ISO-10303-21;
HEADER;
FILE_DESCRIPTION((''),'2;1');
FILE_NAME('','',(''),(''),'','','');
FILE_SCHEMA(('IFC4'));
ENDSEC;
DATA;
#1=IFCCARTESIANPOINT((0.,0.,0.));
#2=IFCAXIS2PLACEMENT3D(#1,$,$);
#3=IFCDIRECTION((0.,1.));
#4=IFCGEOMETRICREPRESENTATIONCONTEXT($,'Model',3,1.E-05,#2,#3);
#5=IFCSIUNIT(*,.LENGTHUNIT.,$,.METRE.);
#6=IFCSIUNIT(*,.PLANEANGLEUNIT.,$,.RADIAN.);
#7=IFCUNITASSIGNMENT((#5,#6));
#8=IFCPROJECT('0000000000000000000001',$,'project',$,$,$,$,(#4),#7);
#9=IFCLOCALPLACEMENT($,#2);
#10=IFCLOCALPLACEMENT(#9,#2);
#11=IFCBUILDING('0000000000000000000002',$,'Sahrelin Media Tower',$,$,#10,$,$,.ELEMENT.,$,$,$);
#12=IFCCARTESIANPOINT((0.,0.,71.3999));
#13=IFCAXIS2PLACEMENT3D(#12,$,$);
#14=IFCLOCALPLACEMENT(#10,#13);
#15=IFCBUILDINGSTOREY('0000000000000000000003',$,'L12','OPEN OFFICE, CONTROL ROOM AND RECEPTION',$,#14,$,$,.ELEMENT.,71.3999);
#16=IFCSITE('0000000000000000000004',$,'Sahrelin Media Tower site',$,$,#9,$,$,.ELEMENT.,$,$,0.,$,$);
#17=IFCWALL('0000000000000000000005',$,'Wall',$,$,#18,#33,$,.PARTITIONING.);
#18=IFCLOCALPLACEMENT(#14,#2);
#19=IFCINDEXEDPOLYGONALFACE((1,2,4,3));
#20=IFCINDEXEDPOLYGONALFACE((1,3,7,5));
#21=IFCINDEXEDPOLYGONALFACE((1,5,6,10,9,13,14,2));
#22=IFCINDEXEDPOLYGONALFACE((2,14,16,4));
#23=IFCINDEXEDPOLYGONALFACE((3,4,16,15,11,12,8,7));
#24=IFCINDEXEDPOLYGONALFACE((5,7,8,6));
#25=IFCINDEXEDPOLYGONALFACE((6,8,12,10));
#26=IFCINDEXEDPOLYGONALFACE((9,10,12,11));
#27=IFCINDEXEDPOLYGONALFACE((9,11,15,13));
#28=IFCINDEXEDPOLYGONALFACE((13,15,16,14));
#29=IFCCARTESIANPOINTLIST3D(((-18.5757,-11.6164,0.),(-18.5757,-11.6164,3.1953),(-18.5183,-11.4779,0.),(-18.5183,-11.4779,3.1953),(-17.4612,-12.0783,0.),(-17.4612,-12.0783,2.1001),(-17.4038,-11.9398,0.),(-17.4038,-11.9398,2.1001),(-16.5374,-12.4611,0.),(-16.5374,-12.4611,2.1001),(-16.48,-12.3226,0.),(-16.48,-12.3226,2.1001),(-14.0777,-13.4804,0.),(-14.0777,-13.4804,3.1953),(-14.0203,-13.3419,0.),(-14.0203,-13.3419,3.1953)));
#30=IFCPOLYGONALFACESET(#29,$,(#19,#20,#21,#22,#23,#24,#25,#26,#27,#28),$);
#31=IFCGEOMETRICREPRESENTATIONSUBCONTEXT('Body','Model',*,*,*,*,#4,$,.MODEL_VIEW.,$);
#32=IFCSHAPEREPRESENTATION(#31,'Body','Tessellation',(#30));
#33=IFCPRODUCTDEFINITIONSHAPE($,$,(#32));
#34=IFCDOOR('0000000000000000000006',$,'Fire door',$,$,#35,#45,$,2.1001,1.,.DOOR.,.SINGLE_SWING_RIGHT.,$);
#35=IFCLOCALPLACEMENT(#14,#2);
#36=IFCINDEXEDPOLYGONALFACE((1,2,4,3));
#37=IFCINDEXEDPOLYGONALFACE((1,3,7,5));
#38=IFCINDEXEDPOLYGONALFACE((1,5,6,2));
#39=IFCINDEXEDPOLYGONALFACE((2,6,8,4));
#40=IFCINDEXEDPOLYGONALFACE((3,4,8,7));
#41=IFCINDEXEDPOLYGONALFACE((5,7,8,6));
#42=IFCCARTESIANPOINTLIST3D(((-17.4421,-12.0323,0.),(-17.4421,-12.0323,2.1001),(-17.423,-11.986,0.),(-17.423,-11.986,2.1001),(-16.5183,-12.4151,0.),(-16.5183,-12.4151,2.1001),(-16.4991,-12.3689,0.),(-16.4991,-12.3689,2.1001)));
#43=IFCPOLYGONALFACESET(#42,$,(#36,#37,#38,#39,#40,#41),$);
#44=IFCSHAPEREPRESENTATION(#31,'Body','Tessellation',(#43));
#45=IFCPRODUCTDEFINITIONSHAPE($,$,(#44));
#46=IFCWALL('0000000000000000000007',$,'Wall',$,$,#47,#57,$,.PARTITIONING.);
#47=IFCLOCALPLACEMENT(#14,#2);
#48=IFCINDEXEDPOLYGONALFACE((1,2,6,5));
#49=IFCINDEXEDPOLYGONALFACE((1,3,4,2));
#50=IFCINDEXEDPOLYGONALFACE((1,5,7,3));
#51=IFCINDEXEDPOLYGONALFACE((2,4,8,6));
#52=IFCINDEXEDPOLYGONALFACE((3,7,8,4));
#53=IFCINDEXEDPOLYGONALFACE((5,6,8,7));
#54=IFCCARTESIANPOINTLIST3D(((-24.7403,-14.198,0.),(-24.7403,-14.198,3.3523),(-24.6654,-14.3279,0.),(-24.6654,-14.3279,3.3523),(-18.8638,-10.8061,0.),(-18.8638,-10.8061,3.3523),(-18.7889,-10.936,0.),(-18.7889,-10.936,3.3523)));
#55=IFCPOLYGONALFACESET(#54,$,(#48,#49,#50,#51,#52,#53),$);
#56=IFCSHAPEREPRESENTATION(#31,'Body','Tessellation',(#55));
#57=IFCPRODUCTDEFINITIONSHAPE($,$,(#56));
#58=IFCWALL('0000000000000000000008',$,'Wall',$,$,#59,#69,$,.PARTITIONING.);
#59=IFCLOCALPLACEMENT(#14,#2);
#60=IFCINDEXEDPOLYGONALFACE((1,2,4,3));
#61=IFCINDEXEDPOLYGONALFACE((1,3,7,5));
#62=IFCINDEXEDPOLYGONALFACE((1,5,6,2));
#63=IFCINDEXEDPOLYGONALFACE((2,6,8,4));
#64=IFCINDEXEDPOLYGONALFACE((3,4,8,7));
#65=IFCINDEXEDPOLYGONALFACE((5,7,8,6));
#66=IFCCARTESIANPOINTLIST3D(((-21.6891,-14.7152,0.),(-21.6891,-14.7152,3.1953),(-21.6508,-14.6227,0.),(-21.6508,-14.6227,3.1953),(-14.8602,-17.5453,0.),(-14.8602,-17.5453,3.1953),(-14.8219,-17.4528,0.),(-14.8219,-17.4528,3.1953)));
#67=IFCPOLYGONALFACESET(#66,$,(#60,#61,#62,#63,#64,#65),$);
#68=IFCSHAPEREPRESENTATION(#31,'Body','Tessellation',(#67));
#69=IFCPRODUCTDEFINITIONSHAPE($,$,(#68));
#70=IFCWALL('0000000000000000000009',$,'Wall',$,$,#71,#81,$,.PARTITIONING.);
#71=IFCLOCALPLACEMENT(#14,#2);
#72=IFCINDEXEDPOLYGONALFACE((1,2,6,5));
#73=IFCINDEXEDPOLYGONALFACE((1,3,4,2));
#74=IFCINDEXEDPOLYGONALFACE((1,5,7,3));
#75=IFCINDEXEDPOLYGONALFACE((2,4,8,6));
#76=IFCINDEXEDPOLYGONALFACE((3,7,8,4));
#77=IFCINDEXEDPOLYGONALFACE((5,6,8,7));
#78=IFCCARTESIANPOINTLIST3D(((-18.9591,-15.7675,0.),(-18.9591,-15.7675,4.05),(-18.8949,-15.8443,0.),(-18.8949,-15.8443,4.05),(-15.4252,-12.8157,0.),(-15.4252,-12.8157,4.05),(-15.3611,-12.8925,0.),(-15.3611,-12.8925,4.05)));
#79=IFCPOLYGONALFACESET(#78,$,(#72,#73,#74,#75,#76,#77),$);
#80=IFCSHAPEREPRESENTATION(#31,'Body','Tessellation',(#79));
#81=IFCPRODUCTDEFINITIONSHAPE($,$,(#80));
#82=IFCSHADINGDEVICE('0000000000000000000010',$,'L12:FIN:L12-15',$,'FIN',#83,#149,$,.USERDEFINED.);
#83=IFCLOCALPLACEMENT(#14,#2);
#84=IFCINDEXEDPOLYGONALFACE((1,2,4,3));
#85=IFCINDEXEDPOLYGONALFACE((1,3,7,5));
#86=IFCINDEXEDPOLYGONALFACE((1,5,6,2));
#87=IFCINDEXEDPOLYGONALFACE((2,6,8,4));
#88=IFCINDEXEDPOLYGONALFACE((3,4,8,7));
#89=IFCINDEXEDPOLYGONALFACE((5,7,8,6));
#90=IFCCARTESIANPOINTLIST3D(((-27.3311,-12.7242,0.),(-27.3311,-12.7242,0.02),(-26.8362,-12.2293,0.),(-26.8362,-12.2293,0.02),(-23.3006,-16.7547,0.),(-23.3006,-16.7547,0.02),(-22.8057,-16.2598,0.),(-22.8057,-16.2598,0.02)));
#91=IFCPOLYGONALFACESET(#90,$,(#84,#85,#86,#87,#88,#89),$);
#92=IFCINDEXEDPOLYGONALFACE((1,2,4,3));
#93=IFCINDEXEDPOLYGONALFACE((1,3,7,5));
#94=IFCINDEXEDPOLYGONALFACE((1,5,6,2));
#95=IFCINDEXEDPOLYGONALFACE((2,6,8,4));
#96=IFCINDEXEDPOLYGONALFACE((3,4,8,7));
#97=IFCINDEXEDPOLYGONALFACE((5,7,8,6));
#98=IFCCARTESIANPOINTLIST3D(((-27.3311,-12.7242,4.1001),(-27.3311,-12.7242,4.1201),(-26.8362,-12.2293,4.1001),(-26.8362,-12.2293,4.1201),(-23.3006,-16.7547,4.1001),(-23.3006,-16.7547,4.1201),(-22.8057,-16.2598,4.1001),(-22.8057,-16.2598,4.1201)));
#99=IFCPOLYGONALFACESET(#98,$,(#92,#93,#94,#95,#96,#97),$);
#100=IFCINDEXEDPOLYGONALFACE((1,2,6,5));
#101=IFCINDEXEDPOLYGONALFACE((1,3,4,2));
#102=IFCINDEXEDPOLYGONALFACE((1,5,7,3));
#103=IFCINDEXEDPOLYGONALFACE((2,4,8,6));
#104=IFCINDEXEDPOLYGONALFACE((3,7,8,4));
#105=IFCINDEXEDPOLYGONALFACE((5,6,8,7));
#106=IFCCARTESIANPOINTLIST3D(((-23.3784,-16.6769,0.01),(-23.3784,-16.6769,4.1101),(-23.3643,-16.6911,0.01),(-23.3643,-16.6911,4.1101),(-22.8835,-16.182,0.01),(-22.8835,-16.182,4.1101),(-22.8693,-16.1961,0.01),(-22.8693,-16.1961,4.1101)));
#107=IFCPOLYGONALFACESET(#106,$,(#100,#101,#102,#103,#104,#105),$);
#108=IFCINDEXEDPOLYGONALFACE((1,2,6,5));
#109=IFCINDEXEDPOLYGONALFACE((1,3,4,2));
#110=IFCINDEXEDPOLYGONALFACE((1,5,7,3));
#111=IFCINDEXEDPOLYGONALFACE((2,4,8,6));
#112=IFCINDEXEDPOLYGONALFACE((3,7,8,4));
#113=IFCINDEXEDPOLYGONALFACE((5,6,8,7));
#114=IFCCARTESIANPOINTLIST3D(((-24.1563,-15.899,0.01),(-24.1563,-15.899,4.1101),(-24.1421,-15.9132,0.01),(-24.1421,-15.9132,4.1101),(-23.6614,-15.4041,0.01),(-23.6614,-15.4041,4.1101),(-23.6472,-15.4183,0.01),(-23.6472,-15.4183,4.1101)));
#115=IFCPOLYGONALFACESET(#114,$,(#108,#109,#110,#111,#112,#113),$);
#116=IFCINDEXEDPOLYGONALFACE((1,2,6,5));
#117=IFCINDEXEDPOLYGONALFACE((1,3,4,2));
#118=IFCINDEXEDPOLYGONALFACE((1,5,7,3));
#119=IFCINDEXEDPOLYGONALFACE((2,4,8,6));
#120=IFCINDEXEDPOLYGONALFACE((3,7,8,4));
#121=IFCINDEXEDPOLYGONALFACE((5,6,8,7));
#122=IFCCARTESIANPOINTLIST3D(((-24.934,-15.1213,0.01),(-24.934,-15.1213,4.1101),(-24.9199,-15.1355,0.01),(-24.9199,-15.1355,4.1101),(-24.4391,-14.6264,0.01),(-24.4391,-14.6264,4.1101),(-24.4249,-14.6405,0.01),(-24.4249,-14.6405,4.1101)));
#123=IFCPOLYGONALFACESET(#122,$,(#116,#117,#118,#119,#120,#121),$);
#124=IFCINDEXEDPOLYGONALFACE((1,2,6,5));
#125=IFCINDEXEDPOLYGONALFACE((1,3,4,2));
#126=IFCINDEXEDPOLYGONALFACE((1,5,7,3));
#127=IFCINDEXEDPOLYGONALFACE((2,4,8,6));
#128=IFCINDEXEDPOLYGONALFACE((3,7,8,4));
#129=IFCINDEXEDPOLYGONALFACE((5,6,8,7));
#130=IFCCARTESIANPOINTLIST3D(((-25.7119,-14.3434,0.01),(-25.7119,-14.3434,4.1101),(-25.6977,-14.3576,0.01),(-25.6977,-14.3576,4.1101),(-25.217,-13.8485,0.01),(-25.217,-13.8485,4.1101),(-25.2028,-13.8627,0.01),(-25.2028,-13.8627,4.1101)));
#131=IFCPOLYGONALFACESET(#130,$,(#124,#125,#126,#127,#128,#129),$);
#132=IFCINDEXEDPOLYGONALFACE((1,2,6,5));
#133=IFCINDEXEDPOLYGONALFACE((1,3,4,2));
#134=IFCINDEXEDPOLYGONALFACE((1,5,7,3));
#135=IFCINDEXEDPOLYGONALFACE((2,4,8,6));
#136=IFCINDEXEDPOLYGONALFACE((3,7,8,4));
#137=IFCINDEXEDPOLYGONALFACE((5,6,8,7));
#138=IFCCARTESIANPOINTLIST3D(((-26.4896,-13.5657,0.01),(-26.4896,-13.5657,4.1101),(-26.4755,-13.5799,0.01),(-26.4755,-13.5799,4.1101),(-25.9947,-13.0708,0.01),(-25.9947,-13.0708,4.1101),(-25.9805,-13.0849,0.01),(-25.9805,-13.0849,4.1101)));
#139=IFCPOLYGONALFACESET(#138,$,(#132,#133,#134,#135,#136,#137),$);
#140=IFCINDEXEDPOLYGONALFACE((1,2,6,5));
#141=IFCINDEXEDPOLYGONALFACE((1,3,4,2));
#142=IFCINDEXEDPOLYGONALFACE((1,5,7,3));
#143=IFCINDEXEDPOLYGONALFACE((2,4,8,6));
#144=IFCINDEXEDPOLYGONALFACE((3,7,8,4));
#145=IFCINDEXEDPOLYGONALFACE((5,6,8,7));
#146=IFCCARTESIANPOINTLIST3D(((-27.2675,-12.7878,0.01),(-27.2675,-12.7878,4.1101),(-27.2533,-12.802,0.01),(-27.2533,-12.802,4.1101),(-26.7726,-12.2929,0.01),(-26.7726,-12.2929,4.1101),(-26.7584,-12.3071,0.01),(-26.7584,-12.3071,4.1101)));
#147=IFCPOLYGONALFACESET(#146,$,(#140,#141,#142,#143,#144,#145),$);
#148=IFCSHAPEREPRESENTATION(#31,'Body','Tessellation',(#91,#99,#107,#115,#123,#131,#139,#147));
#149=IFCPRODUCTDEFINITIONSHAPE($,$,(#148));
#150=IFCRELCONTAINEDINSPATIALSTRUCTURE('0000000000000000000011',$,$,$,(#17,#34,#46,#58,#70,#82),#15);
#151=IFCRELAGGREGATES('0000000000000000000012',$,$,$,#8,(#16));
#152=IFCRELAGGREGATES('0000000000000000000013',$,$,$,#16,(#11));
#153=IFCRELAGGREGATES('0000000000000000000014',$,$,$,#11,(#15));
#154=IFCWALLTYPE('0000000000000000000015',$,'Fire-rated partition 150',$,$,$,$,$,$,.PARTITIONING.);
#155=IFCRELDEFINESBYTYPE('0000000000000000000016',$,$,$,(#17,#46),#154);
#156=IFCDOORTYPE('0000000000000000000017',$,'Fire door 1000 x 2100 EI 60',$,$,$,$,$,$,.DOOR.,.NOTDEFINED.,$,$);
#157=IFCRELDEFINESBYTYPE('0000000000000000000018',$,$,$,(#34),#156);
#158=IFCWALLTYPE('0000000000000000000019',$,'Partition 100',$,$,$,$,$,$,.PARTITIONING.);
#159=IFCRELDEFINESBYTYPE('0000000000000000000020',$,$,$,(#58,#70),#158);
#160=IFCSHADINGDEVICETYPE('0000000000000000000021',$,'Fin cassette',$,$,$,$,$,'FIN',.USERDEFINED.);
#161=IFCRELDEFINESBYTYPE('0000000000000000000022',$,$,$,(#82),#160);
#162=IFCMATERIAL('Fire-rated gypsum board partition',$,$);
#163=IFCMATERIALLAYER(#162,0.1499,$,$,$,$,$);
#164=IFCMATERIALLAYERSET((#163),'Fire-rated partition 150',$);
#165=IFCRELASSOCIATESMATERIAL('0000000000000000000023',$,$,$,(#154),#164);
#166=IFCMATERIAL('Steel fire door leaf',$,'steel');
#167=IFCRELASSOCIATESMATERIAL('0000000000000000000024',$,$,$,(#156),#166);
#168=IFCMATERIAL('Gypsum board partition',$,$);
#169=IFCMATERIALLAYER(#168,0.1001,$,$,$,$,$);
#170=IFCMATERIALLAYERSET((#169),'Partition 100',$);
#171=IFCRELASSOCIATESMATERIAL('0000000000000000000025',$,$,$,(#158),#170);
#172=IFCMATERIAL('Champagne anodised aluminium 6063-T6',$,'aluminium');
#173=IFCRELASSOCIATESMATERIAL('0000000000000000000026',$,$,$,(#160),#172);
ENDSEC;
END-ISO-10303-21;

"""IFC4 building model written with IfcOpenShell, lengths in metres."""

from ifc_helpers import new_model, si_unit, direction, frame, frame_2d, origin, origin_2d, place, context, subcontext, project, spatial, rectangle, extrude, material, layer, layer_set, type_object, element, fill, save


model = new_model("IFC4")

# Units and contexts
model_context = context("Model", 3, precision=1e-05, world=origin(), true_north=direction((0.0, 1.0)))
body_context = subcontext(model_context, "Body", "Model", "MODEL_VIEW")
ifc_project = project(units=[si_unit("LENGTHUNIT", "METRE"), si_unit("PLANEANGLEUNIT", "RADIAN")], contexts=[model_context])

# Site, building, storey
site_placement = place(None, origin())
site = spatial("IfcSite", under=ifc_project, at=site_placement, Name="Sahrelin Media Tower site", CompositionType="ELEMENT", RefElevation=0.0)
building_placement = place(site_placement, origin())
building = spatial("IfcBuilding", under=site, at=building_placement, Name="Sahrelin Media Tower", CompositionType="ELEMENT")
storey_placement = place(building_placement, frame((0.0, 0.0, 71.3999)))
storey = spatial("IfcBuildingStorey", under=building, at=storey_placement, Name="L12", Description="OPEN OFFICE, CONTROL ROOM AND RECEPTION", CompositionType="ELEMENT", Elevation=71.3999)

# Shared definitions
ifc_material_1 = material(Name="Champagne anodised aluminium 6063-T6", Category="aluminium")

# Wall, opening, door
ifc_material_2 = material(Name="Fire-rated gypsum board partition")
ifc_layer_1 = layer(ifc_material_2, 0.1499)
ifc_layer_set_1 = layer_set([ifc_layer_1], Name="Fire-rated partition 150")
wall_type_1 = type_object("IfcWallType", Name="Fire-rated partition 150", PredefinedType="PARTITIONING", material=ifc_layer_set_1)
wall_1_placement = place(storey_placement, frame((-18.5471, -11.5471, 0.0), z_axis=(0.0, 0.0, 1.0), x_axis=(0.923817, -0.382834, 0.0)))
wall_1 = element("IfcWall", 1, at=wall_1_placement, inside=storey, type_object=wall_type_1, Name="Wall", PredefinedType="PARTITIONING", context=body_context, shape_type="SweptSolid", body=[
    extrude(rectangle(XDim=4.8689, YDim=0.1499, at=frame_2d((2.4346, 0.0))), origin(), (0.0, 0.0, 1.0), 3.1953),
])
opening_placement = place(wall_1_placement, frame((1.2065, 0.0, 0.0)))
opening = element("IfcOpeningElement", 2, at=opening_placement, cuts=wall_1, PredefinedType="OPENING", context=body_context, shape_type="SweptSolid", body=[
    extrude(rectangle(XDim=1.0, YDim=2.1001, at=frame_2d((0.5, 1.05))), frame((0.0, 0.075, 0.0), z_axis=(0.0, -1.0, 0.0), x_axis=(1.0, 0.0, 0.0)), (0.0, 0.0, 1.0), 0.1499),
])
ifc_material_3 = material(Name="Steel fire door leaf", Category="steel")
door_type = type_object("IfcDoorType", Name="Fire door 1000 x 2100 EI 60", OperationType="NOTDEFINED", PredefinedType="DOOR", material=ifc_material_3)
door_placement = place(opening_placement, origin())
door = element("IfcDoor", 3, at=door_placement, inside=storey, type_object=door_type, Name="Fire door", OperationType="SINGLE_SWING_RIGHT", OverallHeight=2.1001, OverallWidth=1.0, PredefinedType="DOOR", context=body_context, shape_type="SweptSolid", body=[
    extrude(rectangle(XDim=1.0, YDim=2.1001, at=frame_2d((0.5, 1.05))), frame((0.0, 0.0249, 0.0), z_axis=(0.0, -1.0, 0.0), x_axis=(1.0, 0.0, 0.0)), (0.0, 0.0, 1.0), 0.05),
])
fill(opening, door)

# Walls
wall_2_placement = place(storey_placement, frame((-24.7029, -14.2629, 0.0), z_axis=(0.0, 0.0, 1.0), x_axis=(0.866085, 0.499897, 0.0)))
element("IfcWall", 4, at=wall_2_placement, inside=storey, type_object=wall_type_1, Name="Wall", PredefinedType="PARTITIONING", context=body_context, shape_type="SweptSolid", body=[
    extrude(rectangle(XDim=6.7852, YDim=0.1499, at=frame_2d((3.3926, 0.0))), origin(), (0.0, 0.0, 1.0), 3.3523),
])
ifc_material_4 = material(Name="Gypsum board partition")
ifc_layer_2 = layer(ifc_material_4, 0.1001)
ifc_layer_set_2 = layer_set([ifc_layer_2], Name="Partition 100")
wall_type_2 = type_object("IfcWallType", Name="Partition 100", PredefinedType="PARTITIONING", material=ifc_layer_set_2)
wall_3_placement = place(storey_placement, frame((-21.6699, -14.6689, 0.0), z_axis=(0.0, 0.0, 1.0), x_axis=(0.923809, -0.382853, 0.0)))
element("IfcWall", 5, at=wall_3_placement, inside=storey, type_object=wall_type_2, Name="Wall", PredefinedType="PARTITIONING", context=body_context, shape_type="SweptSolid", body=[
    extrude(rectangle(XDim=7.3921, YDim=0.1001, at=frame_2d((3.696, 0.0))), origin(), (0.0, 0.0, 1.0), 3.1953),
])
wall_4_placement = place(storey_placement, frame((-18.927, -15.8059, 0.0), z_axis=(0.0, 0.0, 1.0), x_axis=(0.767478, 0.641076, 0.0)))
element("IfcWall", 6, at=wall_4_placement, inside=storey, type_object=wall_type_2, Name="Wall", PredefinedType="PARTITIONING", context=body_context, shape_type="SweptSolid", body=[
    extrude(rectangle(XDim=4.6045, YDim=0.1001, at=frame_2d((2.3022, 0.0))), origin(), (0.0, 0.0, 1.0), 4.05),
])

# Shading device
shading_device_type_1 = type_object("IfcShadingDeviceType", Name="Fin cassette", ElementType="FIN", PredefinedType="USERDEFINED", material=ifc_material_1)
placement_1 = place(storey_placement, frame((-24.7715, -14.1951, 0.0), z_axis=(0.0, 0.0, 1.0), x_axis=(-0.707107, 0.707107, 0.0)))
element("IfcShadingDevice", 7, at=placement_1, inside=storey, type_object=shading_device_type_1, Name="L12:FIN:L12-15", ObjectType="FIN", PredefinedType="USERDEFINED", context=body_context, shape_type="SweptSolid", body=[
    extrude(rectangle(XDim=5.7, YDim=0.7, at=origin_2d()), frame((0.0, 0.4199, 0.0)), (0.0, 0.0, 1.0), 0.02),
    extrude(rectangle(XDim=5.7, YDim=0.7, at=origin_2d()), frame((0.0, 0.4199, 4.1001)), (0.0, 0.0, 1.0), 0.02),
    extrude(rectangle(XDim=0.02, YDim=0.7, at=origin_2d()), frame((-2.75, 0.4199, 0.01), z_axis=(0.0, 0.0, 1.0), x_axis=(1.0, 0.0, 0.0)), (0.0, 0.0, 1.0), 4.1001),
    extrude(rectangle(XDim=0.02, YDim=0.7, at=origin_2d()), frame((-1.6499, 0.4199, 0.01), z_axis=(0.0, 0.0, 1.0), x_axis=(1.0, 0.0, 0.0)), (0.0, 0.0, 1.0), 4.1001),
    extrude(rectangle(XDim=0.02, YDim=0.7, at=origin_2d()), frame((-0.55, 0.4199, 0.01), z_axis=(0.0, 0.0, 1.0), x_axis=(1.0, 0.0, 0.0)), (0.0, 0.0, 1.0), 4.1001),
    extrude(rectangle(XDim=0.02, YDim=0.7, at=origin_2d()), frame((0.55, 0.4199, 0.01), z_axis=(0.0, 0.0, 1.0), x_axis=(1.0, 0.0, 0.0)), (0.0, 0.0, 1.0), 4.1001),
    extrude(rectangle(XDim=0.02, YDim=0.7, at=origin_2d()), frame((1.6499, 0.4199, 0.01), z_axis=(0.0, 0.0, 1.0), x_axis=(1.0, 0.0, 0.0)), (0.0, 0.0, 1.0), 4.1001),
    extrude(rectangle(XDim=0.02, YDim=0.7, at=origin_2d()), frame((2.75, 0.4199, 0.01), z_axis=(0.0, 0.0, 1.0), x_axis=(1.0, 0.0, 0.0)), (0.0, 0.0, 1.0), 4.1001),
])

save(model, "model.ifc")
